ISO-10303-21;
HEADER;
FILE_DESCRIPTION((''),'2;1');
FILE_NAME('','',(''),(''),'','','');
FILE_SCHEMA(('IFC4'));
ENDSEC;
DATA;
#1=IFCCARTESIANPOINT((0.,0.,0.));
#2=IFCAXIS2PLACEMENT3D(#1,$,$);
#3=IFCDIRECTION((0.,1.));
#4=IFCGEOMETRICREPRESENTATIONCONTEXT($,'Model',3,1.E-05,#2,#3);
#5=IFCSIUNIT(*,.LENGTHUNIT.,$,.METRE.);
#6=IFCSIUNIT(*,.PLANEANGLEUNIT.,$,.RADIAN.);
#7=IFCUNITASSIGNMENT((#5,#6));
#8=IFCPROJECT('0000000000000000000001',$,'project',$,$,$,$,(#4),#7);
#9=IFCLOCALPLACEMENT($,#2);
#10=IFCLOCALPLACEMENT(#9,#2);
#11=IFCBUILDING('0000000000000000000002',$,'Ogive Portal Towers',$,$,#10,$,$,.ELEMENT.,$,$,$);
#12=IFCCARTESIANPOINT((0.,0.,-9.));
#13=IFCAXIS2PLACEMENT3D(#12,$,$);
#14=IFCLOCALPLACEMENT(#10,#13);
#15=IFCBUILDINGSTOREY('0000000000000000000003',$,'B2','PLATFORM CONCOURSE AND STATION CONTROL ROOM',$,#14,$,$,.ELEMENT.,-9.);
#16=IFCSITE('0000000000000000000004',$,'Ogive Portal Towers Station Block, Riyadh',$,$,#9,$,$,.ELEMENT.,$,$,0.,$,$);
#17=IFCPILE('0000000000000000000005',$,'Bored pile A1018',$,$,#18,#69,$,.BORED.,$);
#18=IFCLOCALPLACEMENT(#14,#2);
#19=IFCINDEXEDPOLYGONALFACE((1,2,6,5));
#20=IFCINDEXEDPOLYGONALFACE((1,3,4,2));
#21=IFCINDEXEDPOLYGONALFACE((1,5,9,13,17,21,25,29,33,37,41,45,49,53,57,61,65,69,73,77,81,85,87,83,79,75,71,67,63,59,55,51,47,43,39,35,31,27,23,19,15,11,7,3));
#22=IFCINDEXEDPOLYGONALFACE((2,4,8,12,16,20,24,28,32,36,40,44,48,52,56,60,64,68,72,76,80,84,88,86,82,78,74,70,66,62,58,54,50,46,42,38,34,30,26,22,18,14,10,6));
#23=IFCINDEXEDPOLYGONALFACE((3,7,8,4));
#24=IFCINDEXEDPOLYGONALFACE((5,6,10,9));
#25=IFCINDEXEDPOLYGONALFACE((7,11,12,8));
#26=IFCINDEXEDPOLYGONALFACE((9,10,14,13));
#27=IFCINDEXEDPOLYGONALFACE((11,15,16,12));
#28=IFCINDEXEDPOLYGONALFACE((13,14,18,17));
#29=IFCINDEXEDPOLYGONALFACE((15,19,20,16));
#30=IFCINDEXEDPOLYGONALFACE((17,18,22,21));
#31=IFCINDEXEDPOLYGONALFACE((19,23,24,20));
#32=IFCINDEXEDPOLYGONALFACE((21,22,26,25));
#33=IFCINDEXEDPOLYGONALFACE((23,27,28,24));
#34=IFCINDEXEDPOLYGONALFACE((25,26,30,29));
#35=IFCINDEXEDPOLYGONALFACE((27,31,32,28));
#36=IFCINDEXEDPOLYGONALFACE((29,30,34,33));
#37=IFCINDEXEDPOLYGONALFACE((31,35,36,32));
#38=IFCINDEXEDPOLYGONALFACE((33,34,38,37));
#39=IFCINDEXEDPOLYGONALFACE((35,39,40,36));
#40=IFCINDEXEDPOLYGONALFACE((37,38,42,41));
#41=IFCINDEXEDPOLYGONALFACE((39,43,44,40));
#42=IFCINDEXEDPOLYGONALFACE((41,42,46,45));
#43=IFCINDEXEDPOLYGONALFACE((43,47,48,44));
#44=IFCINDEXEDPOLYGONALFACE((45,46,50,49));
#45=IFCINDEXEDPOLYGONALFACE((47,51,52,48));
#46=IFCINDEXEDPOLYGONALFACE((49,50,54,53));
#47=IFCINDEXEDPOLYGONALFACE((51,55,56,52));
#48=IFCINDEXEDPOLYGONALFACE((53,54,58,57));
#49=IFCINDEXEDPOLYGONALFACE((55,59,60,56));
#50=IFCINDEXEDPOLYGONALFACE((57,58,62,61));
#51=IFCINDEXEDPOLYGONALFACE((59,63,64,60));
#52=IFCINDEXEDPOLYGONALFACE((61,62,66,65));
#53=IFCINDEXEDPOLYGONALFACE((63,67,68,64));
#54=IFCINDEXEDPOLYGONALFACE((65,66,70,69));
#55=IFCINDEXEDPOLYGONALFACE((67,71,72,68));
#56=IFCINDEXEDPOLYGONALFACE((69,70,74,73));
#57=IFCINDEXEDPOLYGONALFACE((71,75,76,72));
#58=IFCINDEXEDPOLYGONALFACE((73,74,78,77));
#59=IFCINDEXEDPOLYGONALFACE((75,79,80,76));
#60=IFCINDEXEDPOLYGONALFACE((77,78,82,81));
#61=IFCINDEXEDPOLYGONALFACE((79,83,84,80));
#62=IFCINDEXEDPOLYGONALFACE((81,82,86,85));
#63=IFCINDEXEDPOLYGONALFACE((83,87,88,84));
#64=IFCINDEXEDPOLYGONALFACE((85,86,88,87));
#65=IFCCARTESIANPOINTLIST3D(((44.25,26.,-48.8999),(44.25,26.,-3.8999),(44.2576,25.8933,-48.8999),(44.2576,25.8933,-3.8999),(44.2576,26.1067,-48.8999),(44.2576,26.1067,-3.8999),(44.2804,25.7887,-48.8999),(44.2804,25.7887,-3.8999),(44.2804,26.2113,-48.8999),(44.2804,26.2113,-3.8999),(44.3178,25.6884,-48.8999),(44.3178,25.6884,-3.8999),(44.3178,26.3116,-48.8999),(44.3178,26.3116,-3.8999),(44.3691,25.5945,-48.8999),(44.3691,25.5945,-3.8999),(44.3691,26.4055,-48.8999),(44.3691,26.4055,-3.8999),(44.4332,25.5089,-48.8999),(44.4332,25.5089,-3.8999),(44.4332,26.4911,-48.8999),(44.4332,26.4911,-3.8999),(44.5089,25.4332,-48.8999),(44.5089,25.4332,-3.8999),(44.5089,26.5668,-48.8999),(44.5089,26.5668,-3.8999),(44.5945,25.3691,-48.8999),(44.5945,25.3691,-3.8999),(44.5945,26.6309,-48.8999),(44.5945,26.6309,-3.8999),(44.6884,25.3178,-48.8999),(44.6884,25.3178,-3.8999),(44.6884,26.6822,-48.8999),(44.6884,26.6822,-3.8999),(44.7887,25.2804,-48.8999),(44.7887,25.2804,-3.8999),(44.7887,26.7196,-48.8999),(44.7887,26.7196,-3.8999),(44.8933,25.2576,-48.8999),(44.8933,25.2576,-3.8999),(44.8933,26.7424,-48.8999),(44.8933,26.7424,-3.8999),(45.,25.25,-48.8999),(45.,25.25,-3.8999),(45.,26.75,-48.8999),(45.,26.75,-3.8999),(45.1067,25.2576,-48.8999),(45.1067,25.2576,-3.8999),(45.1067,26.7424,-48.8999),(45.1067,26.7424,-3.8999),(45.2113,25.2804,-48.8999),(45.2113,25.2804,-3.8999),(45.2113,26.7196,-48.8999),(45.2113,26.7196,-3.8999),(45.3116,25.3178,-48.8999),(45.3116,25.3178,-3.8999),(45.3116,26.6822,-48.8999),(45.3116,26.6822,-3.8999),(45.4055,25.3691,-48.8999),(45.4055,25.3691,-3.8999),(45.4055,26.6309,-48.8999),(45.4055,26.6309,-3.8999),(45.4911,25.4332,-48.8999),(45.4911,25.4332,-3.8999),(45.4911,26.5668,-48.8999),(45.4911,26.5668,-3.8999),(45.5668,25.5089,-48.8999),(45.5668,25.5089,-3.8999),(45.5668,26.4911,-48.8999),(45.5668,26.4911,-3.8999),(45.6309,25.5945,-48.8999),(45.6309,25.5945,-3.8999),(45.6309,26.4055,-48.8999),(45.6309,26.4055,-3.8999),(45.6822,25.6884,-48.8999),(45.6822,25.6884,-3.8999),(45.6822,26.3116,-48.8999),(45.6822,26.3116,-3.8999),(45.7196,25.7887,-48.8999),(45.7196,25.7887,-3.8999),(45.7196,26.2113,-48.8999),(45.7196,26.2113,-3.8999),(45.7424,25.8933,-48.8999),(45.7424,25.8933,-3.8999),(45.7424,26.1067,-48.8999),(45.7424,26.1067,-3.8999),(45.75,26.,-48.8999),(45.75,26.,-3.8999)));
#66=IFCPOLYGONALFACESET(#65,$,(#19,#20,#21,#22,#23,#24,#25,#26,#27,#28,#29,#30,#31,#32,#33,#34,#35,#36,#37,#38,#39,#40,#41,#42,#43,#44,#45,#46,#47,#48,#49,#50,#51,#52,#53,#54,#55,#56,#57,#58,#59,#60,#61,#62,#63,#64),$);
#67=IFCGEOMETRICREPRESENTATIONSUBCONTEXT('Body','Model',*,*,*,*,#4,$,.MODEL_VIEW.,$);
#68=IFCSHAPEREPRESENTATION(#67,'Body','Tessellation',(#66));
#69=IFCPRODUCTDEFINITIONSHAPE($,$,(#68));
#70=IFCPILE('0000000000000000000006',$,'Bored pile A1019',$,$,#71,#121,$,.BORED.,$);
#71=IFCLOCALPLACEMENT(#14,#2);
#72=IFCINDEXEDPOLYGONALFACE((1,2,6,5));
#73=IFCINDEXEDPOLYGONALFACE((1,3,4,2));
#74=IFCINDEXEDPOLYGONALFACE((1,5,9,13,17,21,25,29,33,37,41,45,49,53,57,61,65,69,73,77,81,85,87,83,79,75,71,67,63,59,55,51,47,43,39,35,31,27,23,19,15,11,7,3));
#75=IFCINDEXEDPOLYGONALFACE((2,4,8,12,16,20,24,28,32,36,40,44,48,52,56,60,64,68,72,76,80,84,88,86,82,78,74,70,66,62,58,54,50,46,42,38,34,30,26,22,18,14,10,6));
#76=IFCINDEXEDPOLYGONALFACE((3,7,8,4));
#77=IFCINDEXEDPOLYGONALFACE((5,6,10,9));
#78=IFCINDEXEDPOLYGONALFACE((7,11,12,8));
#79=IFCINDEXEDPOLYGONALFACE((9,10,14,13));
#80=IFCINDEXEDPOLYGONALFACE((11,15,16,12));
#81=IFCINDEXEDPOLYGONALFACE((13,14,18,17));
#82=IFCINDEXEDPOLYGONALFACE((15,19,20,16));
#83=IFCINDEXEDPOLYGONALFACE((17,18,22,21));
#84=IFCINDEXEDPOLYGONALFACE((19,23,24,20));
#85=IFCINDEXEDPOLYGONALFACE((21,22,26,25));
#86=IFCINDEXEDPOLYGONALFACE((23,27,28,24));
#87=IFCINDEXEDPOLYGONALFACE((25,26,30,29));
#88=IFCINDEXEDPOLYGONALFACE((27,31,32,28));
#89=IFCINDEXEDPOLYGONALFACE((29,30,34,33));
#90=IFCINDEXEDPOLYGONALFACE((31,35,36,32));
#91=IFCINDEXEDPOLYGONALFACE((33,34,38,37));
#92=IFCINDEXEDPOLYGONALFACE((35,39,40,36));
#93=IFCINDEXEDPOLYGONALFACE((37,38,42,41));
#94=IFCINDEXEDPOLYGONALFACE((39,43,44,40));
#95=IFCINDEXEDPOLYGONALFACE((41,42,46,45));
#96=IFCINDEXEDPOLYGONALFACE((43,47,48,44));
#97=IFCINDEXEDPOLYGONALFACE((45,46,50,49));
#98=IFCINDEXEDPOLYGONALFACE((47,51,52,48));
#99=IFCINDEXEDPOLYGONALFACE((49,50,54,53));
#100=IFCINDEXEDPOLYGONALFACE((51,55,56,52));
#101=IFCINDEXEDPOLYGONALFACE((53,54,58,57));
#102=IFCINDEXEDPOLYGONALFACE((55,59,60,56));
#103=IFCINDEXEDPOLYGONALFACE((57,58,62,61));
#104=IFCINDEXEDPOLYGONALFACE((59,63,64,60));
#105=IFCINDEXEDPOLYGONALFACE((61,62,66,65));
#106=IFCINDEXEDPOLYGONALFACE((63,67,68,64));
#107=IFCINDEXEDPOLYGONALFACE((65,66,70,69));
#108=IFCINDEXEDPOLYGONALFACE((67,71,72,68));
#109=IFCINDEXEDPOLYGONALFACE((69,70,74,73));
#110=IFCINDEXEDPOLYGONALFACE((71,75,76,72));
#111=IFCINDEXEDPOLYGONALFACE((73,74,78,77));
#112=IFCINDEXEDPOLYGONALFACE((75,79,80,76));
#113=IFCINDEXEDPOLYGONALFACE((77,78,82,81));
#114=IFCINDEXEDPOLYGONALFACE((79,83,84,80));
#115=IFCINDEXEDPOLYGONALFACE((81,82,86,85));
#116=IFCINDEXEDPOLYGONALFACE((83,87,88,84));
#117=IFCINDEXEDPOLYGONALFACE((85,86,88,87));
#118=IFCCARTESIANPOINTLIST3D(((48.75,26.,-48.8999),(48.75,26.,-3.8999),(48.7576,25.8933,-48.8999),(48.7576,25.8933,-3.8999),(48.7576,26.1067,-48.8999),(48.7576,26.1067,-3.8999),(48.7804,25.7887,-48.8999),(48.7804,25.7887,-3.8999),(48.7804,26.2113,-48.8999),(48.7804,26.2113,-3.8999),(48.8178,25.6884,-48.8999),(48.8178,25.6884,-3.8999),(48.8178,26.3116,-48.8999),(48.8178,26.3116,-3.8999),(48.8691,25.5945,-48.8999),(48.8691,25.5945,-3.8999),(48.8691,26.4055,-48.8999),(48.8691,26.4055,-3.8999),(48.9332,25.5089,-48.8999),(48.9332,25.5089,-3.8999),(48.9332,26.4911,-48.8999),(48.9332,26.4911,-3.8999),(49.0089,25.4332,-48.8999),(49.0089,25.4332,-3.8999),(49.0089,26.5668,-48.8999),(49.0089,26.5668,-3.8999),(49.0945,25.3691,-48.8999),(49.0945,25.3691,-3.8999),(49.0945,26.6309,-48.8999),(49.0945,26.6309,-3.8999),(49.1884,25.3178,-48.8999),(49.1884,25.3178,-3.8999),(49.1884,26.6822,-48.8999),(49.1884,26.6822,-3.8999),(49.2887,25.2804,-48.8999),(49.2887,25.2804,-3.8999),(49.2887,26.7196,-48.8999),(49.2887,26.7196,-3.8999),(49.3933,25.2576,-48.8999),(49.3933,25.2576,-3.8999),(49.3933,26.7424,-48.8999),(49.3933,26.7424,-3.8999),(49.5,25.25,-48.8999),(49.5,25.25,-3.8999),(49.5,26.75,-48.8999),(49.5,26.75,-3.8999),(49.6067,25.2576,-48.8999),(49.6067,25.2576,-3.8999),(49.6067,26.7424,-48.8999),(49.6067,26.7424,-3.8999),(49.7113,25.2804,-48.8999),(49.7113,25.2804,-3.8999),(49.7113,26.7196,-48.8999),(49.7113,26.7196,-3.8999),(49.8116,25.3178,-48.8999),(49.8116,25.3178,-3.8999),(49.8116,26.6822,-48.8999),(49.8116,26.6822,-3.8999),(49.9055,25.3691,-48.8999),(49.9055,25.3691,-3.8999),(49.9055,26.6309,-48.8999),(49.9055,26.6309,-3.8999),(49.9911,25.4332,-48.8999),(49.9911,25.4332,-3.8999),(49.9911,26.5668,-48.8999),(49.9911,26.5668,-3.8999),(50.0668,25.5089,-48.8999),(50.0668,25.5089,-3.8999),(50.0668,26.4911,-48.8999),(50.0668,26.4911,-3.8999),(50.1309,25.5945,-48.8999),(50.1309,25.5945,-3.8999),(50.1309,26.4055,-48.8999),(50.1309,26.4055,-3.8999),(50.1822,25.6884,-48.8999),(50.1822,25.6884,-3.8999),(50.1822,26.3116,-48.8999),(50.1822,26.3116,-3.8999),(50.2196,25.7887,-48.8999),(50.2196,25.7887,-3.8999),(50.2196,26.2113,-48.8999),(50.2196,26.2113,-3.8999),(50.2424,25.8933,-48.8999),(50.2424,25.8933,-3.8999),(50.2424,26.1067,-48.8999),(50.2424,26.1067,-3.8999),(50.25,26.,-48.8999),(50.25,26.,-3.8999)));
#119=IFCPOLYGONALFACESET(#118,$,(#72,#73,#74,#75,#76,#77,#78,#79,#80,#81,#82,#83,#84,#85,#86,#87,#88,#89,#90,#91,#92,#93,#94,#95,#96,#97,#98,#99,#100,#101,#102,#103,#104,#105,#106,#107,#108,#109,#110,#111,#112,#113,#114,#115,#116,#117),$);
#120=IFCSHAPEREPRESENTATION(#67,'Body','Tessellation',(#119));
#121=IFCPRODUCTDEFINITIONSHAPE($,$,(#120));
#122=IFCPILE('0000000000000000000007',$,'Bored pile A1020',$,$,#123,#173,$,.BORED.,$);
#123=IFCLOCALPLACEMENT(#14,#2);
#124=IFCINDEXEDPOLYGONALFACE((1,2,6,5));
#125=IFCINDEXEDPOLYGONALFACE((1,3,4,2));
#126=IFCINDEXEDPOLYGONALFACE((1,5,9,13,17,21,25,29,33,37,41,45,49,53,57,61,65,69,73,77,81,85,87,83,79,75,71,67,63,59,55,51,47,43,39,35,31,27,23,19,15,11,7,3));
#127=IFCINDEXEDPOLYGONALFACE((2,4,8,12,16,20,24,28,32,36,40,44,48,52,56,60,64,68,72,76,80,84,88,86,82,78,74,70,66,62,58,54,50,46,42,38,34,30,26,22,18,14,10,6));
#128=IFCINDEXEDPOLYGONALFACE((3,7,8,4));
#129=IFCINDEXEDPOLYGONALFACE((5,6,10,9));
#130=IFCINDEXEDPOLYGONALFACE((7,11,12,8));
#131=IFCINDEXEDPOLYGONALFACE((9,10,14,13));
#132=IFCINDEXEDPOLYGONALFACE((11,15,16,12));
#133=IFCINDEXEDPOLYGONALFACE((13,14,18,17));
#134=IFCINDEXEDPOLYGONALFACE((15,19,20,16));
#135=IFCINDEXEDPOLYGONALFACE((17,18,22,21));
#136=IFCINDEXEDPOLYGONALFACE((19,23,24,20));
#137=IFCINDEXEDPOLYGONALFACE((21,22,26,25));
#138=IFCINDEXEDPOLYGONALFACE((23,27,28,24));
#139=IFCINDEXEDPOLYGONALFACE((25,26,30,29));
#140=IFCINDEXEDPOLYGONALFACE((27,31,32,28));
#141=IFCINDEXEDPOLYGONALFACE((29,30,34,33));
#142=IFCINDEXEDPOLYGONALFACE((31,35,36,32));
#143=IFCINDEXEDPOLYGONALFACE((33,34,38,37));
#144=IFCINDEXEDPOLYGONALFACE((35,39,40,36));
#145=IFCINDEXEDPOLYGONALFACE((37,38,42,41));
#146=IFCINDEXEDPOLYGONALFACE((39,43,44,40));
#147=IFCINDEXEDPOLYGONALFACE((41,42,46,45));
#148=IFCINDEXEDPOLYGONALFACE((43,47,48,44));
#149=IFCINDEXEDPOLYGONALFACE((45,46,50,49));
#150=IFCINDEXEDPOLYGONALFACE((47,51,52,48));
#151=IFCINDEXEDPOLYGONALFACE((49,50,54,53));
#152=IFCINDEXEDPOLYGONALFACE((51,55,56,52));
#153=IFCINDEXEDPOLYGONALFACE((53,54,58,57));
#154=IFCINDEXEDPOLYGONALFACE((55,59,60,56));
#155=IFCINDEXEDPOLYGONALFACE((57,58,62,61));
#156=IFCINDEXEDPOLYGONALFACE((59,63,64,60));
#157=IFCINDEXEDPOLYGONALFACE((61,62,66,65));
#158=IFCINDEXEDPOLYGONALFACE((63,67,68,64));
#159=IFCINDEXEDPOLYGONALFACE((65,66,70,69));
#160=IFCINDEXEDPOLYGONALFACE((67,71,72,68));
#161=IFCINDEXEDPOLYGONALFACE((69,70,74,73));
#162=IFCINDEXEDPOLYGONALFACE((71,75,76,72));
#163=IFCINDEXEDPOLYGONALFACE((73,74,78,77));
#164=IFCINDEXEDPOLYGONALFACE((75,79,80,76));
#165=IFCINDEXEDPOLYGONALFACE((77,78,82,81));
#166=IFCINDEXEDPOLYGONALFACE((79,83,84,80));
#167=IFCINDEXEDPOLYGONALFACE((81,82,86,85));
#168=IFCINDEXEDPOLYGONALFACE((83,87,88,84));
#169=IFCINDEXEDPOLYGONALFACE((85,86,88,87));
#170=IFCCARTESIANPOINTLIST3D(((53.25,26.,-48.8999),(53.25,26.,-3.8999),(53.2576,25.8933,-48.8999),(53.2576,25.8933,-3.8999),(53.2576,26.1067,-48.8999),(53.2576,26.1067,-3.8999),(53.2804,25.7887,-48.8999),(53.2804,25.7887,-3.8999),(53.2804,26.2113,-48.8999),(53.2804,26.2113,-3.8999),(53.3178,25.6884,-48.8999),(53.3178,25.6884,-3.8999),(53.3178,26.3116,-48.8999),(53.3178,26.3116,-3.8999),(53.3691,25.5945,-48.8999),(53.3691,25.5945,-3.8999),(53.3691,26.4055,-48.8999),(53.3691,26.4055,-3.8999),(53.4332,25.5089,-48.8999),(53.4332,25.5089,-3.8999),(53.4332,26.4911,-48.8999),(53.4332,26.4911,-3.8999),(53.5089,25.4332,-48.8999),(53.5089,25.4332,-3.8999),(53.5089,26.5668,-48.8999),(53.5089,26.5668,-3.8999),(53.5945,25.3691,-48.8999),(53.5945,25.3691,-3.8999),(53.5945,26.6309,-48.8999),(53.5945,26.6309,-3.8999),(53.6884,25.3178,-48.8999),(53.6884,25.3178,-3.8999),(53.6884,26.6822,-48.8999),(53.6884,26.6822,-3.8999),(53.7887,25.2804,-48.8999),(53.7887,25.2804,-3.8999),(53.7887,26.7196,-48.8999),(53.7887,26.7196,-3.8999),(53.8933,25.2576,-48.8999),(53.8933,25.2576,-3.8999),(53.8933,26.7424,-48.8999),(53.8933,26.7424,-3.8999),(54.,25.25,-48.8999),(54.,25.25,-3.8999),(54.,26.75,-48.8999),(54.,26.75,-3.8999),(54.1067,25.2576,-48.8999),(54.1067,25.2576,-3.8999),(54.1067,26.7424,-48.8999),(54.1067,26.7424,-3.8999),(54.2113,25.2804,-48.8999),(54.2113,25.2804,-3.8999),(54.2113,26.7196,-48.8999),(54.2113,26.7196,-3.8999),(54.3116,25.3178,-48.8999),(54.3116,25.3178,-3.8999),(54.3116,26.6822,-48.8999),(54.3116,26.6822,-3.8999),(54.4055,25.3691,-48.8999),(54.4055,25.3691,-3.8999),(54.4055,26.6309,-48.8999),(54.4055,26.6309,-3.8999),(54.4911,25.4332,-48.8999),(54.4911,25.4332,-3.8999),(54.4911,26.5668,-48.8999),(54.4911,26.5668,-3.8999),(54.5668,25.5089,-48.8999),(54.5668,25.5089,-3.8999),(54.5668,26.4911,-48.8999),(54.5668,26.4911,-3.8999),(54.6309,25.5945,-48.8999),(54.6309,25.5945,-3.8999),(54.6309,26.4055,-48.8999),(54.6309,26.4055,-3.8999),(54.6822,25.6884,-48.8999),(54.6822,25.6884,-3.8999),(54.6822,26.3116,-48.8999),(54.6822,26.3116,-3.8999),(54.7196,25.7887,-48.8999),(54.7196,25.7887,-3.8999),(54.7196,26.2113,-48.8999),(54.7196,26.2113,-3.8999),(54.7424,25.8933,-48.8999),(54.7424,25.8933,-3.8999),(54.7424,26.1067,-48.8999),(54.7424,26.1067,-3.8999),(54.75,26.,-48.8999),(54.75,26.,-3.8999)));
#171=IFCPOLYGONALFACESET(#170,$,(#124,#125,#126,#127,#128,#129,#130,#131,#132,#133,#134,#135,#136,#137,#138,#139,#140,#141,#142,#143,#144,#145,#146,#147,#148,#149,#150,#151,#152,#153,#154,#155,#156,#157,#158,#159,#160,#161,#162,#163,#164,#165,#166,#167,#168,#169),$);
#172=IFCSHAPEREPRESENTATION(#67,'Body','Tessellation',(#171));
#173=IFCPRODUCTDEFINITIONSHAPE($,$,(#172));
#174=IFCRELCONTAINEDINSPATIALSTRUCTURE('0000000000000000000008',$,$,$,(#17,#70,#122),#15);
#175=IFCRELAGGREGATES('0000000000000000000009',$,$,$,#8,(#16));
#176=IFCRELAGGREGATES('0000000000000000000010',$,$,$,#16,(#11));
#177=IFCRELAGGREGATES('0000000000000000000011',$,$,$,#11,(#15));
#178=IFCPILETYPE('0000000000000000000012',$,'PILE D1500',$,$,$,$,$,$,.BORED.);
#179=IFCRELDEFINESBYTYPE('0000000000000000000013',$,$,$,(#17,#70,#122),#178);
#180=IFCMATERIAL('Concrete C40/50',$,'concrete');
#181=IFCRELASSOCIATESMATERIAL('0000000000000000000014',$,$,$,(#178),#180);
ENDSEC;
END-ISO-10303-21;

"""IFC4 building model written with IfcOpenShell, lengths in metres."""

from ifc_helpers import new_model, si_unit, direction, frame, origin, origin_2d, place, context, subcontext, project, spatial, circle, extrude, material, material_profile, profile_set, type_object, element, save


model = new_model("IFC4")

# Units and contexts
model_context = context("Model", 3, precision=1e-05, world=origin(), true_north=direction((0.0, 1.0)))
body_context = subcontext(model_context, "Body", "Model", "MODEL_VIEW")
ifc_project = project(units=[si_unit("LENGTHUNIT", "METRE"), si_unit("PLANEANGLEUNIT", "RADIAN")], contexts=[model_context])

# Site, building, storey
site_placement = place(None, origin())
site = spatial("IfcSite", under=ifc_project, at=site_placement, Name="Ogive Portal Towers Station Block, Riyadh", CompositionType="ELEMENT", RefElevation=0.0)
building_placement = place(site_placement, origin())
building = spatial("IfcBuilding", under=site, at=building_placement, Name="Ogive Portal Towers", CompositionType="ELEMENT")
storey_placement = place(building_placement, frame((0.0, 0.0, -9.0)))
storey = spatial("IfcBuildingStorey", under=building, at=storey_placement, Name="B2", Description="PLATFORM CONCOURSE AND STATION CONTROL ROOM", CompositionType="ELEMENT", Elevation=-9.0)

# Piles
ifc_material_1 = material(Name="Concrete C40/50", Category="concrete")
ifc_material_profile_1 = material_profile(ifc_material_1, circle(Radius=0.75, at=origin_2d()), Name="PILE D1500")
ifc_profile_set_1 = profile_set([ifc_material_profile_1], Name="Concrete C40/50")
pile_type = type_object("IfcPileType", Name="PILE D1500", PredefinedType="BORED", material=ifc_profile_set_1)
for number, where, z_axis, x_axis, name in (
    (1, (45.0, 26.0, -3.8999), (0.0, 0.0, -1.0), (1.0, 0.0, 0.0), "Bored pile A1018"),
    (2, (49.5, 26.0, -3.8999), (0.0, 0.0, -1.0), (1.0, 0.0, 0.0), "Bored pile A1019"),
    (3, (54.0, 26.0, -3.8999), (0.0, 0.0, -1.0), (1.0, 0.0, 0.0), "Bored pile A1020"),
):
    element("IfcPile", number, at=place(storey_placement, frame(where, z_axis=z_axis, x_axis=x_axis)), inside=storey, type_object=pile_type, Name=name, PredefinedType="BORED", context=body_context, shape_type="SweptSolid", body=[
        extrude(circle(Radius=0.75, at=origin_2d()), origin(), (0.0, 0.0, 1.0), 45.0),
    ])

save(model, "model.ifc")
